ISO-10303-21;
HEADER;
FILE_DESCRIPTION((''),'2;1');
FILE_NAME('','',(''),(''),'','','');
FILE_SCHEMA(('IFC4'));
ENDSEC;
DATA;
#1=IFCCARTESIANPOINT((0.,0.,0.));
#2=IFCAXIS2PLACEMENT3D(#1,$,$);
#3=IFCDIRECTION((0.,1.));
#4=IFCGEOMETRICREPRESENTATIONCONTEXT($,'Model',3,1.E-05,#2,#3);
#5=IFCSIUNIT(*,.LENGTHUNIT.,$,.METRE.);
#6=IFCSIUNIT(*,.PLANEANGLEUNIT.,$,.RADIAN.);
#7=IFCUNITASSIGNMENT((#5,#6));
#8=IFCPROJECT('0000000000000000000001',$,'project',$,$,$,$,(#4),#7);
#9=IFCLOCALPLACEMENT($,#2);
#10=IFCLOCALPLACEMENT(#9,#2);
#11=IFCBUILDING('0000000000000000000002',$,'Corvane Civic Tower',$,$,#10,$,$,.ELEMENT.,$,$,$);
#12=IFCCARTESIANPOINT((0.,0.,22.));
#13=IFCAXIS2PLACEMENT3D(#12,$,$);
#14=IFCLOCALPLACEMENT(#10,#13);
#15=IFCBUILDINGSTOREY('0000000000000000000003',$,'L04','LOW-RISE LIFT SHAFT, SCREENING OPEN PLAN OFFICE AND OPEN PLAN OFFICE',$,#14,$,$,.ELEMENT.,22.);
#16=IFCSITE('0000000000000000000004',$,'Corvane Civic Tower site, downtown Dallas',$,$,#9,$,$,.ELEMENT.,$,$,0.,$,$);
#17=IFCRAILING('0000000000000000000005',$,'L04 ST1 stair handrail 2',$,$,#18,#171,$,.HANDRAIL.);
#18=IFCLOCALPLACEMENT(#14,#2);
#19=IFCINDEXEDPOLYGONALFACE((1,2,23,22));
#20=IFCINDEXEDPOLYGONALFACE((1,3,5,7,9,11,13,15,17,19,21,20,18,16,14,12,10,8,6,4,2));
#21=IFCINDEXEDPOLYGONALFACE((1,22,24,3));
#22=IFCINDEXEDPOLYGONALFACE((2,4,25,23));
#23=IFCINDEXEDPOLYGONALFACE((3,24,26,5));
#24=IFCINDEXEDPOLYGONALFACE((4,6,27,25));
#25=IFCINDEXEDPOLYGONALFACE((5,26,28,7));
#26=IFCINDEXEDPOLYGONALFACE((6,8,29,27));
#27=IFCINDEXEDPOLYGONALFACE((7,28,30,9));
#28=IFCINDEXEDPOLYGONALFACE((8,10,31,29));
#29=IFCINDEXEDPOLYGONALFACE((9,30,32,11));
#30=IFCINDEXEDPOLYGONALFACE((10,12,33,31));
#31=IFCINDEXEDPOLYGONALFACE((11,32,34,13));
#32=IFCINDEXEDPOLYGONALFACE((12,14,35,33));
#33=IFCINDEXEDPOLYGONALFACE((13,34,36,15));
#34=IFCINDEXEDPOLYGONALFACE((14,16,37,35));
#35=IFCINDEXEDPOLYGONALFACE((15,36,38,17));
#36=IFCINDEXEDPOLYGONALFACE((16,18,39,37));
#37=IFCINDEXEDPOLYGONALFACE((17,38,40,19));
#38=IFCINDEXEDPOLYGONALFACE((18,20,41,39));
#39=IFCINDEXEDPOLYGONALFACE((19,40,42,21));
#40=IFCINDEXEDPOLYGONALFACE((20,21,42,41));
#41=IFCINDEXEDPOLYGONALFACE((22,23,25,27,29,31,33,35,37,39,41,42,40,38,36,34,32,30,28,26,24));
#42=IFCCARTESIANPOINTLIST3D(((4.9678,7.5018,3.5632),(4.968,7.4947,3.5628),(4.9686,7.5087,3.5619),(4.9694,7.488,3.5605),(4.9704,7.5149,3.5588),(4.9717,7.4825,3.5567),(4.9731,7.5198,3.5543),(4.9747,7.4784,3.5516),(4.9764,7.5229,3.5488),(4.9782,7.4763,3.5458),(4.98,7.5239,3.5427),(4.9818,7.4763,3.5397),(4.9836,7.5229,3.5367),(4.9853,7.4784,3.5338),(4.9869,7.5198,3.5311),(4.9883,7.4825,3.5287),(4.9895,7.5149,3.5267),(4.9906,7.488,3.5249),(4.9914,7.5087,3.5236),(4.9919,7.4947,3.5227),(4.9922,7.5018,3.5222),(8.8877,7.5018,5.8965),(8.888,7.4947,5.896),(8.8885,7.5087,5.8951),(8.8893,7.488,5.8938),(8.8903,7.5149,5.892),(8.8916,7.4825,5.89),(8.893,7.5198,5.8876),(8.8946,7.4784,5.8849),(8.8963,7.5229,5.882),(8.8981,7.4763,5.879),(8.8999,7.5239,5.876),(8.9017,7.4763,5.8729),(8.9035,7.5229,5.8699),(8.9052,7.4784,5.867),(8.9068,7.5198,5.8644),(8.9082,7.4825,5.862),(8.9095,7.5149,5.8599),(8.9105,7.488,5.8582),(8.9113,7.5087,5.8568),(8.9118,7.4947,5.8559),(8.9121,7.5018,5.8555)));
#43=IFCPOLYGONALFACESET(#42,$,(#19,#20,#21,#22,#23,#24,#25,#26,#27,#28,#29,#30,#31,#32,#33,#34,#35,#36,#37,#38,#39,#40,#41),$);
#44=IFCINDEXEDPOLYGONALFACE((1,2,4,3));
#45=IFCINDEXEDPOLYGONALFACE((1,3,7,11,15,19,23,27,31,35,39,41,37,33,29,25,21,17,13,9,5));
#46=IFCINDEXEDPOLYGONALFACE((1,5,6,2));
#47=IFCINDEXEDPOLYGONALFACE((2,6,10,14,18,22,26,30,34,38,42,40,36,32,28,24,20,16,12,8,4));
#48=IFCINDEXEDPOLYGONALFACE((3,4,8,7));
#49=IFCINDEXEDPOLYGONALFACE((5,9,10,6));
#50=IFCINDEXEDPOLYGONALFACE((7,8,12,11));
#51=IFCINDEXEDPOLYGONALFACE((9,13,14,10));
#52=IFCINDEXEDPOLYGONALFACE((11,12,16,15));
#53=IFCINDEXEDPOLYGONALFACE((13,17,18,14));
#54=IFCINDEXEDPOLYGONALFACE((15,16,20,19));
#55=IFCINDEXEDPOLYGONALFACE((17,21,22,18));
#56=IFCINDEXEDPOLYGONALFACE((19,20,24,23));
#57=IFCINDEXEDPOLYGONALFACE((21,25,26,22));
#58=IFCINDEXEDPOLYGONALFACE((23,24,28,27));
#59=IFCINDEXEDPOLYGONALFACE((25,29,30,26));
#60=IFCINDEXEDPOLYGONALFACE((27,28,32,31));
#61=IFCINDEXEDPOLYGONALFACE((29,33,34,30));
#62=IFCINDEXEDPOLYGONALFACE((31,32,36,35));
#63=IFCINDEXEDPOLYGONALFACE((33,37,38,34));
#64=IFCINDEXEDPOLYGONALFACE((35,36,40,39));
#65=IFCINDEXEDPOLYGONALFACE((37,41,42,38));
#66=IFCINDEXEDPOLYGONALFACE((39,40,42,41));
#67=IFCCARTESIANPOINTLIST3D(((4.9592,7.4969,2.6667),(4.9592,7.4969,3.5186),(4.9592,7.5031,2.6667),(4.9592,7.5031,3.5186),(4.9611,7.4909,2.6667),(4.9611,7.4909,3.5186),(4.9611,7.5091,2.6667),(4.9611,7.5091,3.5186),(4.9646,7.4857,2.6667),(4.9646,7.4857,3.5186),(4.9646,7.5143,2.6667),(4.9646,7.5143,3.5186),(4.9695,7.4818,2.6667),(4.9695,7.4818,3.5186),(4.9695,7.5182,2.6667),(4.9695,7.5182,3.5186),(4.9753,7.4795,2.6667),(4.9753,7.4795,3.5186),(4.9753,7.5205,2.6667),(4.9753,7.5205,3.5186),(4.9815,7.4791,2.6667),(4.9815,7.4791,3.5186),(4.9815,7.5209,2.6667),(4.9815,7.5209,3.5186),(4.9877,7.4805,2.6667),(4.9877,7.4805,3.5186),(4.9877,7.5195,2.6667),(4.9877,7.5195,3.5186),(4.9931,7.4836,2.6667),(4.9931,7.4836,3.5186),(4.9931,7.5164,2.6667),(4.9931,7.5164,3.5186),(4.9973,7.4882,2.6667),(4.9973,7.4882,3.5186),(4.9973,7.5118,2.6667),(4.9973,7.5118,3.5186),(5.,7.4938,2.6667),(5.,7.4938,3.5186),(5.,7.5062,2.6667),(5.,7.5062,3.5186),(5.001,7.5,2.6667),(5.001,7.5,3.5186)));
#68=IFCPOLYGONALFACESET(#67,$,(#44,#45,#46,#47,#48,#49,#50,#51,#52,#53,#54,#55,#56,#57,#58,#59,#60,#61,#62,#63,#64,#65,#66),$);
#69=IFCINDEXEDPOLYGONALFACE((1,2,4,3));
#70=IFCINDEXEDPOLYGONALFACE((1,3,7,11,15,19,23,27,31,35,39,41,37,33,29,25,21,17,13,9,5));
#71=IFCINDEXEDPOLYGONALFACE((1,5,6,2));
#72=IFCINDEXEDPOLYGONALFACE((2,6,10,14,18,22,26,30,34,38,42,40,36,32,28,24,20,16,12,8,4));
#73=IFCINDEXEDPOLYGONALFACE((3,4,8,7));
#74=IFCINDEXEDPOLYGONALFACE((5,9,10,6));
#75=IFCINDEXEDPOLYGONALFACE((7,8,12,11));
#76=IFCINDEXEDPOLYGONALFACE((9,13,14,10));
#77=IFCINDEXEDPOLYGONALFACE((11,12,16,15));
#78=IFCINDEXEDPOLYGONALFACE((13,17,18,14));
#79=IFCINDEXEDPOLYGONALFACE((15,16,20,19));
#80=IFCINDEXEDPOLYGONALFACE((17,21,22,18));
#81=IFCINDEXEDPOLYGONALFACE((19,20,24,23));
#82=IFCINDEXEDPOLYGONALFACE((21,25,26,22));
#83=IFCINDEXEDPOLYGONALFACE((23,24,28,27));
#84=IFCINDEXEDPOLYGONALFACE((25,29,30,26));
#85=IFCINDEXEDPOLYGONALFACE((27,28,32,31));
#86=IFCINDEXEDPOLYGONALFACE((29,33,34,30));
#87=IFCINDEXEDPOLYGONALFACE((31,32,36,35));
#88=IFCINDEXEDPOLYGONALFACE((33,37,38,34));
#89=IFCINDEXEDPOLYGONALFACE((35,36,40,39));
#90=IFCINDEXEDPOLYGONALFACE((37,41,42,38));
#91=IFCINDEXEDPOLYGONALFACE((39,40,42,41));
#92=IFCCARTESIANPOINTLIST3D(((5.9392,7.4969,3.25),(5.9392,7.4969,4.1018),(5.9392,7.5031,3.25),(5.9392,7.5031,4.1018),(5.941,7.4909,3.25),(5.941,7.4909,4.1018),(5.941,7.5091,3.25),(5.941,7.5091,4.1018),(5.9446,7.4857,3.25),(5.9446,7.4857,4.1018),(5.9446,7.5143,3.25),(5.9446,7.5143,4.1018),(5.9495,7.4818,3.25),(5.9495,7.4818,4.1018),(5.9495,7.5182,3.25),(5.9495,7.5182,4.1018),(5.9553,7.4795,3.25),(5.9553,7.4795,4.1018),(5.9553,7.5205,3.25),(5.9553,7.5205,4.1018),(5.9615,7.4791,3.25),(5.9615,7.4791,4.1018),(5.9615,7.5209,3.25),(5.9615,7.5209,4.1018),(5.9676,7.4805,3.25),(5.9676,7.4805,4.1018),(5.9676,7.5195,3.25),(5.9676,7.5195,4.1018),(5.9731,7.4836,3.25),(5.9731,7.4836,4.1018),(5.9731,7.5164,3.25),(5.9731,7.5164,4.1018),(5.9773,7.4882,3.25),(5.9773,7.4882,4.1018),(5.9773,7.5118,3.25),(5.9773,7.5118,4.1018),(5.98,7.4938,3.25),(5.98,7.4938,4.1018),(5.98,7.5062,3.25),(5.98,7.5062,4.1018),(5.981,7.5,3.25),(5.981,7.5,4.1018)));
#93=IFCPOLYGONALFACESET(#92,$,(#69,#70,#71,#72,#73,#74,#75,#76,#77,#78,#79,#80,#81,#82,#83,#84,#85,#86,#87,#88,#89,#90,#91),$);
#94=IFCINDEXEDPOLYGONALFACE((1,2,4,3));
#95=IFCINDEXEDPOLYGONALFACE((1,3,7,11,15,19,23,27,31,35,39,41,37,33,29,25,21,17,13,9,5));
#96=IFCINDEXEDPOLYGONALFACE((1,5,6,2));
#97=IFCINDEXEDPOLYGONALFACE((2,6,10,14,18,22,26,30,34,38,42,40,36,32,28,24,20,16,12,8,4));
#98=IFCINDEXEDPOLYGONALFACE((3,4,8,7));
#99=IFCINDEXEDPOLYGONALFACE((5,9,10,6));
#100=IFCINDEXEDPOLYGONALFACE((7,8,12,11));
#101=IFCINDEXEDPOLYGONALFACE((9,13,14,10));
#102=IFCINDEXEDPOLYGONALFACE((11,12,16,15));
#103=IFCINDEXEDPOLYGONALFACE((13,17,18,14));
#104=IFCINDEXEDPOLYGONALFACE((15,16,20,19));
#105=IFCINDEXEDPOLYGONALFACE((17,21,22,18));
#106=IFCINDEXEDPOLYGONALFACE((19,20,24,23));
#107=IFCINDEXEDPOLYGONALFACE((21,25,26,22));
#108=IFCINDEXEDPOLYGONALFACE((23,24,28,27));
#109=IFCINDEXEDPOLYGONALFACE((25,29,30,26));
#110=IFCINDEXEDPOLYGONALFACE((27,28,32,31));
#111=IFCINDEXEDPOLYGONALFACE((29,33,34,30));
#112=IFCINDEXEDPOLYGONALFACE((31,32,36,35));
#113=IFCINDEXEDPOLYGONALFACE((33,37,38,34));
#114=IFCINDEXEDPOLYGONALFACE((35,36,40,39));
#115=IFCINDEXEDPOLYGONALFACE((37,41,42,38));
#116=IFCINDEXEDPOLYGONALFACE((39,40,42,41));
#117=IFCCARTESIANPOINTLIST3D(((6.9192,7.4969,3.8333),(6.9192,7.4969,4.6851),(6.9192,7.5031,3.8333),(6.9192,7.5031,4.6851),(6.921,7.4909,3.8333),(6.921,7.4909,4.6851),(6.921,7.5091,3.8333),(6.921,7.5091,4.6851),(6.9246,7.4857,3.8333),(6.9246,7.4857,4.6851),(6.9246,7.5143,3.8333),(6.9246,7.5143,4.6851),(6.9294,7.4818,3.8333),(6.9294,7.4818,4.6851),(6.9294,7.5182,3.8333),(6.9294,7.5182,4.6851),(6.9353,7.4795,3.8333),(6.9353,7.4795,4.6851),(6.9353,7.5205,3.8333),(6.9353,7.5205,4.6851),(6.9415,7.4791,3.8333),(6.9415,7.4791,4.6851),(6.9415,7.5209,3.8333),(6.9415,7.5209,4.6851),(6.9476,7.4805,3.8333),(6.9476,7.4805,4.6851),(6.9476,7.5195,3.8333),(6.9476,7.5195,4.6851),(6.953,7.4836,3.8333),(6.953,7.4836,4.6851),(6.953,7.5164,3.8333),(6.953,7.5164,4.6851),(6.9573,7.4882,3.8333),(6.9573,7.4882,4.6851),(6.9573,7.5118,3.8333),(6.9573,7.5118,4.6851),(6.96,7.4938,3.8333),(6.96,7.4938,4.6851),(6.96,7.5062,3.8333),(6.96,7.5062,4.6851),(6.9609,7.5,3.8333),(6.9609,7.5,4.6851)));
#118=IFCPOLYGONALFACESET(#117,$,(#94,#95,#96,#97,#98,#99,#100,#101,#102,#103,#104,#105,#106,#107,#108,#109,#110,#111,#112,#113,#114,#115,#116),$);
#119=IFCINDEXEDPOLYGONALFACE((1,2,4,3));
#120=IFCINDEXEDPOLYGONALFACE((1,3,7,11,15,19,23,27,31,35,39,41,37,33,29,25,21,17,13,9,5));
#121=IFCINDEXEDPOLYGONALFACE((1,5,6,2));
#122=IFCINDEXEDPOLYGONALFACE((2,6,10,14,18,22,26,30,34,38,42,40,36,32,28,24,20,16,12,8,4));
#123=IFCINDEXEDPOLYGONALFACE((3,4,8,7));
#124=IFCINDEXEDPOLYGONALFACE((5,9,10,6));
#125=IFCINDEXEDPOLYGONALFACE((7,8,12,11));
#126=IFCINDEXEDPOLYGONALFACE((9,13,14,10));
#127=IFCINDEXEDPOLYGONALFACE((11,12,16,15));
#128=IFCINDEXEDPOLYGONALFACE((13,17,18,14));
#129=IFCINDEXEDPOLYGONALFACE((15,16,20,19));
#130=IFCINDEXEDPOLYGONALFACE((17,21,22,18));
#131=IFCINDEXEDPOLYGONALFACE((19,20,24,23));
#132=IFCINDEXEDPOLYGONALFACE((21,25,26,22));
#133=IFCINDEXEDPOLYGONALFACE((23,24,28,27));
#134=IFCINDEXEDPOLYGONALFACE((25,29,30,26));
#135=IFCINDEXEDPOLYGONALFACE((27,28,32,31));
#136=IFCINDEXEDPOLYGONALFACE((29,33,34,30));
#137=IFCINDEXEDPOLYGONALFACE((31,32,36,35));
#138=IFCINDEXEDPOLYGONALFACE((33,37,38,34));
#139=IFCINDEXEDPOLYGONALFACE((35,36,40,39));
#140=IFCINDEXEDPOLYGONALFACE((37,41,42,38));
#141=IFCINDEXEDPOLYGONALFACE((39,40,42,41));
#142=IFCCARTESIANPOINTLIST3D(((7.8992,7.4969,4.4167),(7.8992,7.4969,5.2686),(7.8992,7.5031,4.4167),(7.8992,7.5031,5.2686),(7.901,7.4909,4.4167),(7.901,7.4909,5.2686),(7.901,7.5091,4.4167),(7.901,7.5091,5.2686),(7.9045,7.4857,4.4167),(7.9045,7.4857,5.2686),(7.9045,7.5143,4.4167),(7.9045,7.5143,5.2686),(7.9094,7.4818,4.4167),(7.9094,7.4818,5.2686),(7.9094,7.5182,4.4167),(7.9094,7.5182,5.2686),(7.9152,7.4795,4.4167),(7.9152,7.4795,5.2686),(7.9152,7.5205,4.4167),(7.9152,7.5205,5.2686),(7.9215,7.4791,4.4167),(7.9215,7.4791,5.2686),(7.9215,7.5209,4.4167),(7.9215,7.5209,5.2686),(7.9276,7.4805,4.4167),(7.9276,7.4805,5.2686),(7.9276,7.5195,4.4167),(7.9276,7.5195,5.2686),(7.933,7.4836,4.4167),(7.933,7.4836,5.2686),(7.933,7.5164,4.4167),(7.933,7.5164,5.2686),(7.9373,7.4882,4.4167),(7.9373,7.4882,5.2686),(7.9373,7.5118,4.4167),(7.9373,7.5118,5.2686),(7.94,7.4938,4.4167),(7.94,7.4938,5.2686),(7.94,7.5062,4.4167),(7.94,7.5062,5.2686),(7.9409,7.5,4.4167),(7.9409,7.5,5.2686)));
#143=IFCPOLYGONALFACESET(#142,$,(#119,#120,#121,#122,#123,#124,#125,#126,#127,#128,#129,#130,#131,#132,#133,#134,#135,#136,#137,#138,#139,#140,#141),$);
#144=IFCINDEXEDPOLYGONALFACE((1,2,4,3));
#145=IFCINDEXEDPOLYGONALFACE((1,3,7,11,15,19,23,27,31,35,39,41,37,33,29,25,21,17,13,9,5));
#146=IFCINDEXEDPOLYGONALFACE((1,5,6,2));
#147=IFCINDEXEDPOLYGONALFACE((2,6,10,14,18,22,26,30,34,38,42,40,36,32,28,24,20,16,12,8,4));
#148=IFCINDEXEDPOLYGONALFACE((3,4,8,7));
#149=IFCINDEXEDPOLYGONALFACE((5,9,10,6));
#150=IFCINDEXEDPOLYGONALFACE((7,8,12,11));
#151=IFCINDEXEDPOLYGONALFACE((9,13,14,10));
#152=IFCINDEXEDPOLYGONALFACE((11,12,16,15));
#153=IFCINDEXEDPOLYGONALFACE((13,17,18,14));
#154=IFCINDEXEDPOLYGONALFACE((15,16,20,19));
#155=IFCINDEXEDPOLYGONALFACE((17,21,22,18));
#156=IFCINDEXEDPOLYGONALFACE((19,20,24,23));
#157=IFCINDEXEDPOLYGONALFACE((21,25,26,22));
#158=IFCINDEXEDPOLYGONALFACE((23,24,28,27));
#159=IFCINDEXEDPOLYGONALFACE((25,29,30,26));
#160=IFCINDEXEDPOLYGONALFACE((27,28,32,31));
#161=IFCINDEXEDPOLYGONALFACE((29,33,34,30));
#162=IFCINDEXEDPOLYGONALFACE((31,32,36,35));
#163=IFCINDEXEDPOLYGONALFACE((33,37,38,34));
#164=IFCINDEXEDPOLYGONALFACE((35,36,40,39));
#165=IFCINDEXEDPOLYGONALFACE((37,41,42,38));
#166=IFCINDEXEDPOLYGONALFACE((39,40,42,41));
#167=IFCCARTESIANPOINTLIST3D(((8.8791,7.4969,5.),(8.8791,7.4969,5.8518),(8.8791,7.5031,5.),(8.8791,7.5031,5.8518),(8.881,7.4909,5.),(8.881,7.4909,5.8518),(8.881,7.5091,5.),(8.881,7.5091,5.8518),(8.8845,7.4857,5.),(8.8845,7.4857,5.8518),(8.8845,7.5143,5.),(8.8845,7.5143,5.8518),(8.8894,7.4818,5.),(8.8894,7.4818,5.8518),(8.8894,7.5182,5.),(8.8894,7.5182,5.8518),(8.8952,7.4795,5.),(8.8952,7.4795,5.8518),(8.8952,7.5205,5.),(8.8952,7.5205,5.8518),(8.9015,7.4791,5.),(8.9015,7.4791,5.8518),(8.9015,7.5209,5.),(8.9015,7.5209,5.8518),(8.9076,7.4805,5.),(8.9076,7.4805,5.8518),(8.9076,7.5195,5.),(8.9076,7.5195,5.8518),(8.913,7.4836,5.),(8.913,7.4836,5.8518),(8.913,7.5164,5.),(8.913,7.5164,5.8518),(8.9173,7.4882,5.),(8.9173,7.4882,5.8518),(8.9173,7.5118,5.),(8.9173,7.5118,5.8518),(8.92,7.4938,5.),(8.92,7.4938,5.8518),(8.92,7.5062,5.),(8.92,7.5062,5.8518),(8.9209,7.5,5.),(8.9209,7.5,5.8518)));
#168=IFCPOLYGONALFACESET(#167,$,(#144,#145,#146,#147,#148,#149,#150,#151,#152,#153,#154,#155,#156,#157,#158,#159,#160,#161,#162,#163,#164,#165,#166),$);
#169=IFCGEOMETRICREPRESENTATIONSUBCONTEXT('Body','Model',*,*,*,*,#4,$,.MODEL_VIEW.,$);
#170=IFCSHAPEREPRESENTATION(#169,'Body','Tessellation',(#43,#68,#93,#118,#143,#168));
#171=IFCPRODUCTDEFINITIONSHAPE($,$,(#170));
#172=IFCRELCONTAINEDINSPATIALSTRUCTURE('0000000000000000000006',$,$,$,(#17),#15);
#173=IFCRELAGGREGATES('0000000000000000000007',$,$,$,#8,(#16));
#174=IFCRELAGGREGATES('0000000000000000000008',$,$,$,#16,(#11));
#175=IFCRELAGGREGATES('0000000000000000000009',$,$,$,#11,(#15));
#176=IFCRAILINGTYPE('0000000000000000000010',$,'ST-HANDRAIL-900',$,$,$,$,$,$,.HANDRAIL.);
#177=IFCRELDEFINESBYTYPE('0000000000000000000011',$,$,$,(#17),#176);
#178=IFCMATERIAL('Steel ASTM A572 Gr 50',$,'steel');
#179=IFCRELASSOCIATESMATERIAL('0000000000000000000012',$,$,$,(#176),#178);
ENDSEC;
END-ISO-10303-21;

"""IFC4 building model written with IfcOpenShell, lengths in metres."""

from ifc_helpers import new_model, si_unit, direction, frame, origin, origin_2d, place, context, subcontext, project, spatial, circle, extrude, material, type_object, element, save


model = new_model("IFC4")

# Units and contexts
model_context = context("Model", 3, precision=1e-05, world=origin(), true_north=direction((0.0, 1.0)))
body_context = subcontext(model_context, "Body", "Model", "MODEL_VIEW")
ifc_project = project(units=[si_unit("LENGTHUNIT", "METRE"), si_unit("PLANEANGLEUNIT", "RADIAN")], contexts=[model_context])

# Site, building, storey
site_placement = place(None, origin())
site = spatial("IfcSite", under=ifc_project, at=site_placement, Name="Corvane Civic Tower site, downtown Dallas", CompositionType="ELEMENT", RefElevation=0.0)
building_placement = place(site_placement, origin())
building = spatial("IfcBuilding", under=site, at=building_placement, Name="Corvane Civic Tower", CompositionType="ELEMENT")
storey_placement = place(building_placement, frame((0.0, 0.0, 22.0)))
storey = spatial("IfcBuildingStorey", under=building, at=storey_placement, Name="L04", Description="LOW-RISE LIFT SHAFT, SCREENING OPEN PLAN OFFICE AND OPEN PLAN OFFICE", CompositionType="ELEMENT", Elevation=22.0)

# Railing
ifc_material_1 = material(Name="Steel ASTM A572 Gr 50", Category="steel")
railing_type_1 = type_object("IfcRailingType", Name="ST-HANDRAIL-900", PredefinedType="HANDRAIL", material=ifc_material_1)
railing_1_placement = place(storey_placement, frame((4.98, 7.5, 2.6667)))
element("IfcRailing", 1, at=railing_1_placement, inside=storey, type_object=railing_type_1, Name="L04 ST1 stair handrail 2", PredefinedType="HANDRAIL", context=body_context, shape_type="SweptSolid", body=[
    extrude(circle(Radius=0.0239, at=origin_2d()), frame((0.0, 0.0, 0.876), z_axis=(0.859296, 0.0, 0.511478), x_axis=(0.0, 1.0, 0.0)), (0.0, 0.0, 1.0), 4.5618),
    extrude(circle(Radius=0.021, at=origin_2d()), origin(), (0.0, 0.0, 1.0), 0.8518),
    extrude(circle(Radius=0.021, at=origin_2d()), frame((0.98, 0.0, 0.5833)), (0.0, 0.0, 1.0), 0.8518),
    extrude(circle(Radius=0.021, at=origin_2d()), frame((1.96, 0.0, 1.1665)), (0.0, 0.0, 1.0), 0.8518),
    extrude(circle(Radius=0.021, at=origin_2d()), frame((2.9399, 0.0, 1.75)), (0.0, 0.0, 1.0), 0.8518),
    extrude(circle(Radius=0.021, at=origin_2d()), frame((3.9199, 0.0, 2.3333)), (0.0, 0.0, 1.0), 0.8518),
])

save(model, "model.ifc")
